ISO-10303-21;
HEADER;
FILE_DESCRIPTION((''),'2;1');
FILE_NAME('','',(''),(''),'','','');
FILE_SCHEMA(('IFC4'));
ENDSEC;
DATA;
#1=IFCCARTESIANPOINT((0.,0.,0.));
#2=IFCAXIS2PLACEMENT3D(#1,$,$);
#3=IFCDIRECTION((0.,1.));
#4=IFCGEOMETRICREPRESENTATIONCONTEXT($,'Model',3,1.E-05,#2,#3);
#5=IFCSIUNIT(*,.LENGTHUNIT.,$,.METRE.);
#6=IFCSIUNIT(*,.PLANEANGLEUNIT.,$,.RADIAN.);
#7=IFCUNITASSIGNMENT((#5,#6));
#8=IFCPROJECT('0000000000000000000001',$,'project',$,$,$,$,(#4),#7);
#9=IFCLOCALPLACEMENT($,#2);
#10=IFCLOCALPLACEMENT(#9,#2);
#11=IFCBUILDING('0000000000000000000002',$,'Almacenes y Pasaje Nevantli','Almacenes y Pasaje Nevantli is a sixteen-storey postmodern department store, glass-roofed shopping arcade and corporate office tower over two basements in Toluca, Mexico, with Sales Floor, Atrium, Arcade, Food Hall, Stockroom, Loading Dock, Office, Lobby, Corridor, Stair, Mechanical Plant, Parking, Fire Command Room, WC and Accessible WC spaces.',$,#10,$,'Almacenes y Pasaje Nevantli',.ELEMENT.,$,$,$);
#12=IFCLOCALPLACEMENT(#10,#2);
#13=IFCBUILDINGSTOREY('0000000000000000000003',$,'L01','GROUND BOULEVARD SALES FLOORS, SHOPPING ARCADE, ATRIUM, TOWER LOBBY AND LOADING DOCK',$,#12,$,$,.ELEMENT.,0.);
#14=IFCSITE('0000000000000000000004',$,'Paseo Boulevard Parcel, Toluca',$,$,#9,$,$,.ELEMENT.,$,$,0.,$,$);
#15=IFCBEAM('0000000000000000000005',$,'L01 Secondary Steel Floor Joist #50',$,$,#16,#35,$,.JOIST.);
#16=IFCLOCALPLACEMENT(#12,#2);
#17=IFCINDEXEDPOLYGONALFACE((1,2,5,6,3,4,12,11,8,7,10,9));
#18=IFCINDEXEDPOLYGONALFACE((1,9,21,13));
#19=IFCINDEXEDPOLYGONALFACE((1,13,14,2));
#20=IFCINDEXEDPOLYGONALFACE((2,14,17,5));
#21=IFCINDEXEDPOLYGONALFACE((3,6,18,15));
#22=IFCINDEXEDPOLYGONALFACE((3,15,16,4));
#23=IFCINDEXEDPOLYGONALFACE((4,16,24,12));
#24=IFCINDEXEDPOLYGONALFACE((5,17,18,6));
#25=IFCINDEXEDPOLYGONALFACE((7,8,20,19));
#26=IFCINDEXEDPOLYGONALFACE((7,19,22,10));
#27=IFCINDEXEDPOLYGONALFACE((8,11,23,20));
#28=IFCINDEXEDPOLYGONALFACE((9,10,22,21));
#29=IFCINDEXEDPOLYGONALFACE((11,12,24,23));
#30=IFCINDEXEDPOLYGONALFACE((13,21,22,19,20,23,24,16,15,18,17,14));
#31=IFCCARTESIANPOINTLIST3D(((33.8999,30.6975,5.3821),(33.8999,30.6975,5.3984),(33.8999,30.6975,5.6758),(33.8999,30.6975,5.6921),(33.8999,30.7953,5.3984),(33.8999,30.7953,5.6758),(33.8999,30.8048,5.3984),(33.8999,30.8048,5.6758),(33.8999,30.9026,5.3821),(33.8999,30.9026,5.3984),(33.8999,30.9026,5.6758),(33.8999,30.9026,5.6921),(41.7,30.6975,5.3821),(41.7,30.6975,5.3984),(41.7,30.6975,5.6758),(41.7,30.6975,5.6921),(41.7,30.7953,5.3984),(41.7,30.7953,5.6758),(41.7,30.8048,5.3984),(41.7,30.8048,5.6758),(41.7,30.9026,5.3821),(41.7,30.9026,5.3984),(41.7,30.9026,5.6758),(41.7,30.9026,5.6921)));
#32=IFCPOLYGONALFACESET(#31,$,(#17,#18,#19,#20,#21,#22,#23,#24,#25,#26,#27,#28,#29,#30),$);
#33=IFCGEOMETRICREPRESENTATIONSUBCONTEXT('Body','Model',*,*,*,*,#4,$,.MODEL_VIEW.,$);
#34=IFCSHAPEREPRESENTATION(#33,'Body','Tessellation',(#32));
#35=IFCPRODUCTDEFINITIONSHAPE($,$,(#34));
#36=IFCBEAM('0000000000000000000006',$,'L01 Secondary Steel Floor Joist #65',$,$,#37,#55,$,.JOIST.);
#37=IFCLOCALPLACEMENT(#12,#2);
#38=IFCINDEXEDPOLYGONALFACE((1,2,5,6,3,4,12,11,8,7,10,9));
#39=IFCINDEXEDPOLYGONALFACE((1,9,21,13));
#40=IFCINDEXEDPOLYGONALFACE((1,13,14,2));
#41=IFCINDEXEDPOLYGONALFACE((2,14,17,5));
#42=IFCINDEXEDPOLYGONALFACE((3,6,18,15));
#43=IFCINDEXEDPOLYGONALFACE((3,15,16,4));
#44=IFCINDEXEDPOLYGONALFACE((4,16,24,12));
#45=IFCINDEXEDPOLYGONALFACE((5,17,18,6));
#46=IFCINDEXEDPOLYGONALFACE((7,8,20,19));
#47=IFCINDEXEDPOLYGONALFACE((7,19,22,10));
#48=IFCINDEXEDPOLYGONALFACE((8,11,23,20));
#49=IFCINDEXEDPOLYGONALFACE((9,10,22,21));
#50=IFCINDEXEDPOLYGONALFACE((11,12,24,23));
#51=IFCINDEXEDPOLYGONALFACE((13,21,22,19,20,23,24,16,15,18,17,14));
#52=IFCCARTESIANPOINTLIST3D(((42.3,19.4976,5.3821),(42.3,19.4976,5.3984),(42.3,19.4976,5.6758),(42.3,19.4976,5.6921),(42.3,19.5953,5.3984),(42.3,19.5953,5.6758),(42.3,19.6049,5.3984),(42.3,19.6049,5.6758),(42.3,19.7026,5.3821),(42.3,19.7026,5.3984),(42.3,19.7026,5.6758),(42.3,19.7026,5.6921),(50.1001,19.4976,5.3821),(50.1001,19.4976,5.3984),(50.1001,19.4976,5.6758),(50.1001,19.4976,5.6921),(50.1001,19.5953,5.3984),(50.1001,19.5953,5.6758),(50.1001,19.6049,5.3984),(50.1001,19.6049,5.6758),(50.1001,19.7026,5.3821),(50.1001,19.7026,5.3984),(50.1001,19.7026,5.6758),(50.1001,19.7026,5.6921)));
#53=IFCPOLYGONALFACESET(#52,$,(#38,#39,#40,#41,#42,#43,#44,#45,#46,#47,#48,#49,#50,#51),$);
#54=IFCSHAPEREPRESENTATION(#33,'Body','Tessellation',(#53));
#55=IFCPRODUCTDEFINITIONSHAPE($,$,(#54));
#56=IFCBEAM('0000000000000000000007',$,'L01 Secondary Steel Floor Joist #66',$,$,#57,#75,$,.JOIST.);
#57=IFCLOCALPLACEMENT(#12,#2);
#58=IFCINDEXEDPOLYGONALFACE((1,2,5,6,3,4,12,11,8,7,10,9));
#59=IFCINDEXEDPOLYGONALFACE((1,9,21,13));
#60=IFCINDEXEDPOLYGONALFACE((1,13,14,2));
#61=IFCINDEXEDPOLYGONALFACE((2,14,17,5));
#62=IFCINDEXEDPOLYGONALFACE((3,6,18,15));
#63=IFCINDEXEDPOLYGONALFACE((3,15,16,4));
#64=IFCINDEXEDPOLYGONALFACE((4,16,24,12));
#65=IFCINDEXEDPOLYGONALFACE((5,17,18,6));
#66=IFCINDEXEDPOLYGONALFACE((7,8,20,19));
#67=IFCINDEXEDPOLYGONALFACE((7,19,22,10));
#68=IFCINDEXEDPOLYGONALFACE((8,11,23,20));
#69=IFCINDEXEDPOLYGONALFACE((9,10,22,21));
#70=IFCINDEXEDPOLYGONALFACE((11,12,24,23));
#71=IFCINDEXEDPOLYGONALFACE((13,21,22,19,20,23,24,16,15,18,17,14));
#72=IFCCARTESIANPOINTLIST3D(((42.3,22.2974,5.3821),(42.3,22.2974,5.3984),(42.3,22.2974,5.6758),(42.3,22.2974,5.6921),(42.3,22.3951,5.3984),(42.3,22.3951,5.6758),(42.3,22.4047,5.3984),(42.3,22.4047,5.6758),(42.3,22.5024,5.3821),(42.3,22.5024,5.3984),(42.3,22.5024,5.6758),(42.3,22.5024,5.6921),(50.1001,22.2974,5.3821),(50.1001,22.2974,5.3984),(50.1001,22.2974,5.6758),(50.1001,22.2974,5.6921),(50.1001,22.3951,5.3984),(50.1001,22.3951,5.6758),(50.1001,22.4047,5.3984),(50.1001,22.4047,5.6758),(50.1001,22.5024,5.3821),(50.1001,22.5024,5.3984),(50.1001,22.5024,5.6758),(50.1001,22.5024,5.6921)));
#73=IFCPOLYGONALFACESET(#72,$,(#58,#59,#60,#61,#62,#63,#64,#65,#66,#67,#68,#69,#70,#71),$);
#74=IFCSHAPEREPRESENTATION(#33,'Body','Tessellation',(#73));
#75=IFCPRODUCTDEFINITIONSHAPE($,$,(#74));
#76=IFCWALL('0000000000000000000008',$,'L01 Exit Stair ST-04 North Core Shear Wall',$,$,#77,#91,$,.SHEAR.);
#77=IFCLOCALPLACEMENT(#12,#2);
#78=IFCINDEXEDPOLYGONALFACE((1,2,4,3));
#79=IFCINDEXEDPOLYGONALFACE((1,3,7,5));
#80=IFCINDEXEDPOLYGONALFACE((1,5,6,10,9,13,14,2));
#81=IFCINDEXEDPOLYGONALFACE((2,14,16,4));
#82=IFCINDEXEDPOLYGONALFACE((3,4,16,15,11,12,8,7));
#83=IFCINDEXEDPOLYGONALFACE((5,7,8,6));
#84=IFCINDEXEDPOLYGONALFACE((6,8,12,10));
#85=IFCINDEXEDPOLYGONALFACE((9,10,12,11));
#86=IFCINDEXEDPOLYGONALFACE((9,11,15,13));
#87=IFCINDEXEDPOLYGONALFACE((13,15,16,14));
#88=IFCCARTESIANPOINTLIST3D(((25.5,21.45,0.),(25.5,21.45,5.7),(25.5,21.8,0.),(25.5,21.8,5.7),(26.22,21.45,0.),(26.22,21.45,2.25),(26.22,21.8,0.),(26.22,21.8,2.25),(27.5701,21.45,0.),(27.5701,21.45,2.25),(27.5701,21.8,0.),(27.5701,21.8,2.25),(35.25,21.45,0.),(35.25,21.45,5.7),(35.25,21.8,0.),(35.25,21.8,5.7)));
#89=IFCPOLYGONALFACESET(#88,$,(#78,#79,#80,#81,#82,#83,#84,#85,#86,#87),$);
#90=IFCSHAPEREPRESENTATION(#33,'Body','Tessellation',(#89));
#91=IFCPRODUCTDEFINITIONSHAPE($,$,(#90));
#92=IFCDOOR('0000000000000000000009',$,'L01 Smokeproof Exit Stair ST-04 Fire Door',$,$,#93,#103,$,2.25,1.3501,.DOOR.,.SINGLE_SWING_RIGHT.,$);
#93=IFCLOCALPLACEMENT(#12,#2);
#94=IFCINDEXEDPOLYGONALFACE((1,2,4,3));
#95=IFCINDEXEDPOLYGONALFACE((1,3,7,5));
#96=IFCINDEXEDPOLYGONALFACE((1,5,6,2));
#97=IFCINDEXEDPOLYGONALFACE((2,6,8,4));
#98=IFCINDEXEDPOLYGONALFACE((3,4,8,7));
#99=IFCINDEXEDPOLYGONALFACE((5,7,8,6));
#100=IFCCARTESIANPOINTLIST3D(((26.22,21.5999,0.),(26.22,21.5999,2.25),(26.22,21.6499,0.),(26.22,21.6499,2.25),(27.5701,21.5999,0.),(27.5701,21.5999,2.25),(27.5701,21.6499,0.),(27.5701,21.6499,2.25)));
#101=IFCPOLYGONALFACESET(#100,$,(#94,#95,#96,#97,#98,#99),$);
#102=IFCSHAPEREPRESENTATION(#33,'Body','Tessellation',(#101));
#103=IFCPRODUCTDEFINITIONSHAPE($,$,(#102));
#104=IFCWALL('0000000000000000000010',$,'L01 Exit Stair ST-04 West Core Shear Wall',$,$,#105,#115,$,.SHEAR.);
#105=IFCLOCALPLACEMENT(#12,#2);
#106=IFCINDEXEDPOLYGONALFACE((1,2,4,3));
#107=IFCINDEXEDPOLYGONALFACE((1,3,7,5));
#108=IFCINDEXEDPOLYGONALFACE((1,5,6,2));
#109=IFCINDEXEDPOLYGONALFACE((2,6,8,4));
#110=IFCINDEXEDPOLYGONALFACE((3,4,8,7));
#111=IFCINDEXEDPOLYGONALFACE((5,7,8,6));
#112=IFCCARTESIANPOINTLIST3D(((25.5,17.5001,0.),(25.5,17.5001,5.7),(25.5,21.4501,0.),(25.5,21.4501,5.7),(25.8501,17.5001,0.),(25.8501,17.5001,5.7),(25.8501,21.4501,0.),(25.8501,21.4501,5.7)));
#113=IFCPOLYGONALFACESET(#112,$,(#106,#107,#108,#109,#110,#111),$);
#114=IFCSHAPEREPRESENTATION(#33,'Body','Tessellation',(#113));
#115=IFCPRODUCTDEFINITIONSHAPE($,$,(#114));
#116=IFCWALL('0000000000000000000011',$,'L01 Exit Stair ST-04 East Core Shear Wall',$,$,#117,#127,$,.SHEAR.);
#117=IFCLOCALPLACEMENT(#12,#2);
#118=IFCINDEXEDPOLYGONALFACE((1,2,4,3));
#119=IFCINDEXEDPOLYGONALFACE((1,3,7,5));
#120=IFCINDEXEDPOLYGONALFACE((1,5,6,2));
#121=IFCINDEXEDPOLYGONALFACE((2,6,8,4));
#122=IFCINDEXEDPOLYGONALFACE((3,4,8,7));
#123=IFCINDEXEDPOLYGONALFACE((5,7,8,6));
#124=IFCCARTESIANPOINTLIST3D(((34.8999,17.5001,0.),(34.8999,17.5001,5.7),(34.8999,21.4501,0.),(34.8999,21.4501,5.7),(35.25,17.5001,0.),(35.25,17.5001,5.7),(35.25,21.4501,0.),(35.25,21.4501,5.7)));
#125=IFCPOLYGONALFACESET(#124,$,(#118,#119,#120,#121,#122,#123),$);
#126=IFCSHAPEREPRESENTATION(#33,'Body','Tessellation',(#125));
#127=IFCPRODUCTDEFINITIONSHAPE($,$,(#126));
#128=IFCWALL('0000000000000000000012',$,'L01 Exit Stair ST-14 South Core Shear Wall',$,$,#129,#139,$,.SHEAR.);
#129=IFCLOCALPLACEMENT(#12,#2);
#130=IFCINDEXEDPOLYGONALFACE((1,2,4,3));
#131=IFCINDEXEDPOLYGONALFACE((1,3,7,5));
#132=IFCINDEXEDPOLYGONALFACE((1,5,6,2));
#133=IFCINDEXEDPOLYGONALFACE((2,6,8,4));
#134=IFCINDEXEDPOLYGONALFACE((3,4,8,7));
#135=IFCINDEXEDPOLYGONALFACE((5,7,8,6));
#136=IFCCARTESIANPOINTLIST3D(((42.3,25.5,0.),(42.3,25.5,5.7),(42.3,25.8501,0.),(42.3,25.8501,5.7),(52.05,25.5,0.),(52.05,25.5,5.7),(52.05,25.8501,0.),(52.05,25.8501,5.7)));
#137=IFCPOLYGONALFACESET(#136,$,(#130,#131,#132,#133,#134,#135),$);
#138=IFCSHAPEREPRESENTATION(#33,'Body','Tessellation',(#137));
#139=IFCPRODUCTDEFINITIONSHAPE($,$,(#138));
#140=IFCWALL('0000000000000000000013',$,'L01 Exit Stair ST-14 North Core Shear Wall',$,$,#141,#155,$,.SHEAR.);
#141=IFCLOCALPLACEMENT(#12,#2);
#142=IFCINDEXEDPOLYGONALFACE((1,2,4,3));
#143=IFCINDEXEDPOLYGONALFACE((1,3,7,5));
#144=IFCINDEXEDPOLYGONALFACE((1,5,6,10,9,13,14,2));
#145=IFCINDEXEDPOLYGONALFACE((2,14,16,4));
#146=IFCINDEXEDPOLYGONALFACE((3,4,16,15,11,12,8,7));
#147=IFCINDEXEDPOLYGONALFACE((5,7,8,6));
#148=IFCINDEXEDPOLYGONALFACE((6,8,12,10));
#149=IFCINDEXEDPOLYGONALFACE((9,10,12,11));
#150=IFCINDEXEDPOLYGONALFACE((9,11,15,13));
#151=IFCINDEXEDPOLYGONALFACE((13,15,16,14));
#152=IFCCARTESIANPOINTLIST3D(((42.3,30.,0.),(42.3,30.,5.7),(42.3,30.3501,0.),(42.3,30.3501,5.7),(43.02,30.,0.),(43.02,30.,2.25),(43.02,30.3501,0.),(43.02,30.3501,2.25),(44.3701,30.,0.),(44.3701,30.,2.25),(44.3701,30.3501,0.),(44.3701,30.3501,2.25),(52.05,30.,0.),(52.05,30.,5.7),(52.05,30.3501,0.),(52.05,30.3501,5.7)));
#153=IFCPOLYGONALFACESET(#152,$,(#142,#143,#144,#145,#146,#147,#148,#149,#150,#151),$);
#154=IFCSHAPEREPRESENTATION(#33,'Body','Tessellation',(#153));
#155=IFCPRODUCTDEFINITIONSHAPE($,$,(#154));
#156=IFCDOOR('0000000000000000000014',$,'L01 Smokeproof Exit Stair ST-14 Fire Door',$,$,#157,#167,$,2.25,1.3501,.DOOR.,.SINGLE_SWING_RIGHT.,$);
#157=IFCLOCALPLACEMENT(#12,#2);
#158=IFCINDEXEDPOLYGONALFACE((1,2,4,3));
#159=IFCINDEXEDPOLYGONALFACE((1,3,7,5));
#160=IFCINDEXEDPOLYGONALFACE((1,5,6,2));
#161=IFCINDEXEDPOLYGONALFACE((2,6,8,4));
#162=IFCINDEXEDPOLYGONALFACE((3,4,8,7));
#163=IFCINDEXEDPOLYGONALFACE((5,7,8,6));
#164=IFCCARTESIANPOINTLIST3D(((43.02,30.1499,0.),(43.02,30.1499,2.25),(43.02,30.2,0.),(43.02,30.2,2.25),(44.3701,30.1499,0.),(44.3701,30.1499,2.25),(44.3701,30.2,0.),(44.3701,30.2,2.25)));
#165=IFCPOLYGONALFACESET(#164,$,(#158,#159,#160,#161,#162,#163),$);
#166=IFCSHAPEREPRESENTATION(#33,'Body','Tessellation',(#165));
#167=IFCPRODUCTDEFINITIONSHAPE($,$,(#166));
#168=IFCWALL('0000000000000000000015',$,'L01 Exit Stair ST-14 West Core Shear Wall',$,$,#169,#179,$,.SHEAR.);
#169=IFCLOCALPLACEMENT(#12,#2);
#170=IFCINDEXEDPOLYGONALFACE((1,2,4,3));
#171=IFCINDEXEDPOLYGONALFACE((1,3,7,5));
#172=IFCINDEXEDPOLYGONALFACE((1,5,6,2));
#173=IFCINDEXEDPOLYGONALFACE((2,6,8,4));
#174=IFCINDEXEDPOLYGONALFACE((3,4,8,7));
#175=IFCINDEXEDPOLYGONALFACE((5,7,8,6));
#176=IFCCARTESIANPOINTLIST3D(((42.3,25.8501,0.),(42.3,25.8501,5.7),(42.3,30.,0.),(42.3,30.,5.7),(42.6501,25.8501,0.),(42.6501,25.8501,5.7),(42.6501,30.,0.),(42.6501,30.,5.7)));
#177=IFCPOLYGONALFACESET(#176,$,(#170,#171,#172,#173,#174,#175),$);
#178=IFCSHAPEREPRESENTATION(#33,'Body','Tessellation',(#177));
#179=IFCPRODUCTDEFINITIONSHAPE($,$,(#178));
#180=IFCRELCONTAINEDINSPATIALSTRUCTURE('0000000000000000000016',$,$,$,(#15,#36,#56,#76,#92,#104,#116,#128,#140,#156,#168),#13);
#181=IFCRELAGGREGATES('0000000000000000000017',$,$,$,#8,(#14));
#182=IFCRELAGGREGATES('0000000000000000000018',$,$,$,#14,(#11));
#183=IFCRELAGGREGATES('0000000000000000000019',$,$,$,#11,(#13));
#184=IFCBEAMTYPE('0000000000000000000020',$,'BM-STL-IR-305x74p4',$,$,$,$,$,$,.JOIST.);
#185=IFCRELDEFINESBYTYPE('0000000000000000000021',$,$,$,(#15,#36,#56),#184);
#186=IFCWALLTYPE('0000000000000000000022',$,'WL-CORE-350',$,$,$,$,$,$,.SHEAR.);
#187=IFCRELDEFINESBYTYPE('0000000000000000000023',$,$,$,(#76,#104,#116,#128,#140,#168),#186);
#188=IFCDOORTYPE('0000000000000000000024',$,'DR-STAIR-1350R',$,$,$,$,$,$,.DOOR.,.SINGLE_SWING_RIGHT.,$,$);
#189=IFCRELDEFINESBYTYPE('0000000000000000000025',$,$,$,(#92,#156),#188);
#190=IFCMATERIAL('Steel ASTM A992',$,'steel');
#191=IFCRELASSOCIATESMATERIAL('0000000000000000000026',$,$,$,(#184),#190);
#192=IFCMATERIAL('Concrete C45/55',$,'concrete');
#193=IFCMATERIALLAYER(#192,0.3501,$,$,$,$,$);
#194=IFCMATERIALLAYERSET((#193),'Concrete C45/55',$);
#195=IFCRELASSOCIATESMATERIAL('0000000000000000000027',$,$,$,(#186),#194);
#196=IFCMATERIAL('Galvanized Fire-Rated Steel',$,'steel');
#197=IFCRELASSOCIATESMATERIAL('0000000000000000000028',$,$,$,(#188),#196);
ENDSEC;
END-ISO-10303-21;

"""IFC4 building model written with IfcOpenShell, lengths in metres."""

from ifc_helpers import new_model, si_unit, direction, frame, frame_2d, origin, origin_2d, place, context, subcontext, project, spatial, rectangle, i_section, extrude, material, layer, layer_set, material_profile, profile_set, type_object, element, fill, save


model = new_model("IFC4")

# Units and contexts
model_context = context("Model", 3, precision=1e-05, world=origin(), true_north=direction((0.0, 1.0)))
body_context = subcontext(model_context, "Body", "Model", "MODEL_VIEW")
ifc_project = project(units=[si_unit("LENGTHUNIT", "METRE"), si_unit("PLANEANGLEUNIT", "RADIAN")], contexts=[model_context])

# Site, building, storey
site_placement = place(None, origin())
site = spatial("IfcSite", under=ifc_project, at=site_placement, Name="Paseo Boulevard Parcel, Toluca", CompositionType="ELEMENT", RefElevation=0.0)
building_placement = place(site_placement, origin())
building = spatial("IfcBuilding", under=site, at=building_placement, Name="Almacenes y Pasaje Nevantli", Description="Almacenes y Pasaje Nevantli is a sixteen-storey postmodern department store, glass-roofed shopping arcade and corporate office tower over two basements in Toluca, Mexico, with Sales Floor, Atrium, Arcade, Food Hall, Stockroom, Loading Dock, Office, Lobby, Corridor, Stair, Mechanical Plant, Parking, Fire Command Room, WC and Accessible WC spaces.", LongName="Almacenes y Pasaje Nevantli", CompositionType="ELEMENT")
storey_placement = place(building_placement, origin())
storey = spatial("IfcBuildingStorey", under=building, at=storey_placement, Name="L01", Description="GROUND BOULEVARD SALES FLOORS, SHOPPING ARCADE, ATRIUM, TOWER LOBBY AND LOADING DOCK", CompositionType="ELEMENT", Elevation=0.0)

# Beams
ifc_material_1 = material(Name="Steel ASTM A992", Category="steel")
ifc_material_profile_1 = material_profile(ifc_material_1, i_section(OverallWidth=0.2051, OverallDepth=0.3101, WebThickness=0.0095, FlangeThickness=0.0164, at=origin_2d()), Name="IR 305x74.4")
ifc_profile_set_1 = profile_set([ifc_material_profile_1], Name="Steel ASTM A992")
beam_type_1 = type_object("IfcBeamType", Name="BM-STL-IR-305x74p4", PredefinedType="JOIST", material=ifc_profile_set_1)
for number, where, z_axis, x_axis, name in (
    (1, (33.8999, 30.8, 5.5371), (1.0, 0.0, 0.0), (0.0, 1.0, 0.0), "L01 Secondary Steel Floor Joist #50"),
    (2, (42.3, 19.6001, 5.5371), (1.0, 0.0, 0.0), (0.0, 1.0, 0.0), "L01 Secondary Steel Floor Joist #65"),
    (3, (42.3, 22.3999, 5.5371), (1.0, 0.0, 0.0), (0.0, 1.0, 0.0), "L01 Secondary Steel Floor Joist #66"),
):
    element("IfcBeam", number, at=place(storey_placement, frame(where, z_axis=z_axis, x_axis=x_axis)), inside=storey, type_object=beam_type_1, Name=name, PredefinedType="JOIST", context=body_context, shape_type="SweptSolid", body=[
        extrude(i_section(OverallWidth=0.2051, OverallDepth=0.3101, WebThickness=0.0095, FlangeThickness=0.0164, at=origin_2d()), origin(), (0.0, 0.0, 1.0), 7.8),
    ])

# Wall, opening, door
ifc_material_2 = material(Name="Concrete C45/55", Category="concrete")
ifc_layer_1 = layer(ifc_material_2, 0.3501)
ifc_layer_set_1 = layer_set([ifc_layer_1], Name="Concrete C45/55")
wall_type_1 = type_object("IfcWallType", Name="WL-CORE-350", PredefinedType="SHEAR", material=ifc_layer_set_1)
wall_1_placement = place(storey_placement, frame((25.5, 21.625, 0.0), z_axis=(0.0, 0.0, 1.0), x_axis=(1.0, 0.0, 0.0)))
wall_1 = element("IfcWall", 4, at=wall_1_placement, inside=storey, type_object=wall_type_1, Name="L01 Exit Stair ST-04 North Core Shear Wall", PredefinedType="SHEAR", context=body_context, shape_type="SweptSolid", body=[
    extrude(rectangle(XDim=9.75, YDim=0.3501, at=frame_2d((4.875, 0.0))), origin(), (0.0, 0.0, 1.0), 5.7),
])
opening_1_placement = place(wall_1_placement, frame((0.72, 0.0, 0.0)))
opening_1 = element("IfcOpeningElement", 5, at=opening_1_placement, cuts=wall_1, PredefinedType="OPENING", context=body_context, shape_type="SweptSolid", body=[
    extrude(rectangle(XDim=1.3501, YDim=2.25, at=frame_2d((0.675, 1.125))), frame((0.0, 0.1851, 0.0), z_axis=(0.0, -1.0, 0.0), x_axis=(1.0, 0.0, 0.0)), (0.0, 0.0, 1.0), 0.3701),
])
ifc_material_3 = material(Name="Galvanized Fire-Rated Steel", Category="steel")
door_type_1 = type_object("IfcDoorType", Name="DR-STAIR-1350R", OperationType="SINGLE_SWING_RIGHT", PredefinedType="DOOR", material=ifc_material_3)
door_1_placement = place(opening_1_placement, origin())
door_1 = element("IfcDoor", 6, at=door_1_placement, inside=storey, type_object=door_type_1, Name="L01 Smokeproof Exit Stair ST-04 Fire Door", OperationType="SINGLE_SWING_RIGHT", OverallHeight=2.25, OverallWidth=1.3501, PredefinedType="DOOR", context=body_context, shape_type="SweptSolid", body=[
    extrude(rectangle(XDim=1.3501, YDim=2.25, at=frame_2d((0.675, 1.125))), frame((0.0, 0.0249, 0.0), z_axis=(0.0, -1.0, 0.0), x_axis=(1.0, 0.0, 0.0)), (0.0, 0.0, 1.0), 0.05),
])
fill(opening_1, door_1)

# Walls
for number, where, z_axis, x_axis, name in (
    (7, (25.675, 17.5, 0.0), (0.0, 0.0, 1.0), (0.0, 1.0, 0.0), "L01 Exit Stair ST-04 West Core Shear Wall"),
    (8, (35.075, 17.5, 0.0), (0.0, 0.0, 1.0), (0.0, 1.0, 0.0), "L01 Exit Stair ST-04 East Core Shear Wall"),
):
    element("IfcWall", number, at=place(storey_placement, frame(where, z_axis=z_axis, x_axis=x_axis)), inside=storey, type_object=wall_type_1, Name=name, PredefinedType="SHEAR", context=body_context, shape_type="SweptSolid", body=[
        extrude(rectangle(XDim=3.95, YDim=0.3501, at=frame_2d((1.9751, 0.0))), origin(), (0.0, 0.0, 1.0), 5.7),
    ])
wall_2_placement = place(storey_placement, frame((42.3, 25.675, 0.0), z_axis=(0.0, 0.0, 1.0), x_axis=(1.0, 0.0, 0.0)))
element("IfcWall", 9, at=wall_2_placement, inside=storey, type_object=wall_type_1, Name="L01 Exit Stair ST-14 South Core Shear Wall", PredefinedType="SHEAR", context=body_context, shape_type="SweptSolid", body=[
    extrude(rectangle(XDim=9.75, YDim=0.3501, at=frame_2d((4.875, 0.0))), origin(), (0.0, 0.0, 1.0), 5.7),
])

# Wall, opening, door
wall_3_placement = place(storey_placement, frame((42.3, 30.175, 0.0), z_axis=(0.0, 0.0, 1.0), x_axis=(1.0, 0.0, 0.0)))
wall_3 = element("IfcWall", 10, at=wall_3_placement, inside=storey, type_object=wall_type_1, Name="L01 Exit Stair ST-14 North Core Shear Wall", PredefinedType="SHEAR", context=body_context, shape_type="SweptSolid", body=[
    extrude(rectangle(XDim=9.75, YDim=0.3501, at=frame_2d((4.875, 0.0))), origin(), (0.0, 0.0, 1.0), 5.7),
])
opening_2_placement = place(wall_3_placement, frame((0.72, 0.0, 0.0)))
opening_2 = element("IfcOpeningElement", 11, at=opening_2_placement, cuts=wall_3, PredefinedType="OPENING", context=body_context, shape_type="SweptSolid", body=[
    extrude(rectangle(XDim=1.3501, YDim=2.25, at=frame_2d((0.675, 1.125))), frame((0.0, 0.1851, 0.0), z_axis=(0.0, -1.0, 0.0), x_axis=(1.0, 0.0, 0.0)), (0.0, 0.0, 1.0), 0.3701),
])
door_2_placement = place(opening_2_placement, origin())
door_2 = element("IfcDoor", 12, at=door_2_placement, inside=storey, type_object=door_type_1, Name="L01 Smokeproof Exit Stair ST-14 Fire Door", OperationType="SINGLE_SWING_RIGHT", OverallHeight=2.25, OverallWidth=1.3501, PredefinedType="DOOR", context=body_context, shape_type="SweptSolid", body=[
    extrude(rectangle(XDim=1.3501, YDim=2.25, at=frame_2d((0.675, 1.125))), frame((0.0, 0.0249, 0.0), z_axis=(0.0, -1.0, 0.0), x_axis=(1.0, 0.0, 0.0)), (0.0, 0.0, 1.0), 0.05),
])
fill(opening_2, door_2)

# Wall
wall_4_placement = place(storey_placement, frame((42.4751, 25.8501, 0.0), z_axis=(0.0, 0.0, 1.0), x_axis=(0.0, 1.0, 0.0)))
element("IfcWall", 13, at=wall_4_placement, inside=storey, type_object=wall_type_1, Name="L01 Exit Stair ST-14 West Core Shear Wall", PredefinedType="SHEAR", context=body_context, shape_type="SweptSolid", body=[
    extrude(rectangle(XDim=4.1499, YDim=0.3501, at=frame_2d((2.075, 0.0))), origin(), (0.0, 0.0, 1.0), 5.7),
])

save(model, "model.ifc")
